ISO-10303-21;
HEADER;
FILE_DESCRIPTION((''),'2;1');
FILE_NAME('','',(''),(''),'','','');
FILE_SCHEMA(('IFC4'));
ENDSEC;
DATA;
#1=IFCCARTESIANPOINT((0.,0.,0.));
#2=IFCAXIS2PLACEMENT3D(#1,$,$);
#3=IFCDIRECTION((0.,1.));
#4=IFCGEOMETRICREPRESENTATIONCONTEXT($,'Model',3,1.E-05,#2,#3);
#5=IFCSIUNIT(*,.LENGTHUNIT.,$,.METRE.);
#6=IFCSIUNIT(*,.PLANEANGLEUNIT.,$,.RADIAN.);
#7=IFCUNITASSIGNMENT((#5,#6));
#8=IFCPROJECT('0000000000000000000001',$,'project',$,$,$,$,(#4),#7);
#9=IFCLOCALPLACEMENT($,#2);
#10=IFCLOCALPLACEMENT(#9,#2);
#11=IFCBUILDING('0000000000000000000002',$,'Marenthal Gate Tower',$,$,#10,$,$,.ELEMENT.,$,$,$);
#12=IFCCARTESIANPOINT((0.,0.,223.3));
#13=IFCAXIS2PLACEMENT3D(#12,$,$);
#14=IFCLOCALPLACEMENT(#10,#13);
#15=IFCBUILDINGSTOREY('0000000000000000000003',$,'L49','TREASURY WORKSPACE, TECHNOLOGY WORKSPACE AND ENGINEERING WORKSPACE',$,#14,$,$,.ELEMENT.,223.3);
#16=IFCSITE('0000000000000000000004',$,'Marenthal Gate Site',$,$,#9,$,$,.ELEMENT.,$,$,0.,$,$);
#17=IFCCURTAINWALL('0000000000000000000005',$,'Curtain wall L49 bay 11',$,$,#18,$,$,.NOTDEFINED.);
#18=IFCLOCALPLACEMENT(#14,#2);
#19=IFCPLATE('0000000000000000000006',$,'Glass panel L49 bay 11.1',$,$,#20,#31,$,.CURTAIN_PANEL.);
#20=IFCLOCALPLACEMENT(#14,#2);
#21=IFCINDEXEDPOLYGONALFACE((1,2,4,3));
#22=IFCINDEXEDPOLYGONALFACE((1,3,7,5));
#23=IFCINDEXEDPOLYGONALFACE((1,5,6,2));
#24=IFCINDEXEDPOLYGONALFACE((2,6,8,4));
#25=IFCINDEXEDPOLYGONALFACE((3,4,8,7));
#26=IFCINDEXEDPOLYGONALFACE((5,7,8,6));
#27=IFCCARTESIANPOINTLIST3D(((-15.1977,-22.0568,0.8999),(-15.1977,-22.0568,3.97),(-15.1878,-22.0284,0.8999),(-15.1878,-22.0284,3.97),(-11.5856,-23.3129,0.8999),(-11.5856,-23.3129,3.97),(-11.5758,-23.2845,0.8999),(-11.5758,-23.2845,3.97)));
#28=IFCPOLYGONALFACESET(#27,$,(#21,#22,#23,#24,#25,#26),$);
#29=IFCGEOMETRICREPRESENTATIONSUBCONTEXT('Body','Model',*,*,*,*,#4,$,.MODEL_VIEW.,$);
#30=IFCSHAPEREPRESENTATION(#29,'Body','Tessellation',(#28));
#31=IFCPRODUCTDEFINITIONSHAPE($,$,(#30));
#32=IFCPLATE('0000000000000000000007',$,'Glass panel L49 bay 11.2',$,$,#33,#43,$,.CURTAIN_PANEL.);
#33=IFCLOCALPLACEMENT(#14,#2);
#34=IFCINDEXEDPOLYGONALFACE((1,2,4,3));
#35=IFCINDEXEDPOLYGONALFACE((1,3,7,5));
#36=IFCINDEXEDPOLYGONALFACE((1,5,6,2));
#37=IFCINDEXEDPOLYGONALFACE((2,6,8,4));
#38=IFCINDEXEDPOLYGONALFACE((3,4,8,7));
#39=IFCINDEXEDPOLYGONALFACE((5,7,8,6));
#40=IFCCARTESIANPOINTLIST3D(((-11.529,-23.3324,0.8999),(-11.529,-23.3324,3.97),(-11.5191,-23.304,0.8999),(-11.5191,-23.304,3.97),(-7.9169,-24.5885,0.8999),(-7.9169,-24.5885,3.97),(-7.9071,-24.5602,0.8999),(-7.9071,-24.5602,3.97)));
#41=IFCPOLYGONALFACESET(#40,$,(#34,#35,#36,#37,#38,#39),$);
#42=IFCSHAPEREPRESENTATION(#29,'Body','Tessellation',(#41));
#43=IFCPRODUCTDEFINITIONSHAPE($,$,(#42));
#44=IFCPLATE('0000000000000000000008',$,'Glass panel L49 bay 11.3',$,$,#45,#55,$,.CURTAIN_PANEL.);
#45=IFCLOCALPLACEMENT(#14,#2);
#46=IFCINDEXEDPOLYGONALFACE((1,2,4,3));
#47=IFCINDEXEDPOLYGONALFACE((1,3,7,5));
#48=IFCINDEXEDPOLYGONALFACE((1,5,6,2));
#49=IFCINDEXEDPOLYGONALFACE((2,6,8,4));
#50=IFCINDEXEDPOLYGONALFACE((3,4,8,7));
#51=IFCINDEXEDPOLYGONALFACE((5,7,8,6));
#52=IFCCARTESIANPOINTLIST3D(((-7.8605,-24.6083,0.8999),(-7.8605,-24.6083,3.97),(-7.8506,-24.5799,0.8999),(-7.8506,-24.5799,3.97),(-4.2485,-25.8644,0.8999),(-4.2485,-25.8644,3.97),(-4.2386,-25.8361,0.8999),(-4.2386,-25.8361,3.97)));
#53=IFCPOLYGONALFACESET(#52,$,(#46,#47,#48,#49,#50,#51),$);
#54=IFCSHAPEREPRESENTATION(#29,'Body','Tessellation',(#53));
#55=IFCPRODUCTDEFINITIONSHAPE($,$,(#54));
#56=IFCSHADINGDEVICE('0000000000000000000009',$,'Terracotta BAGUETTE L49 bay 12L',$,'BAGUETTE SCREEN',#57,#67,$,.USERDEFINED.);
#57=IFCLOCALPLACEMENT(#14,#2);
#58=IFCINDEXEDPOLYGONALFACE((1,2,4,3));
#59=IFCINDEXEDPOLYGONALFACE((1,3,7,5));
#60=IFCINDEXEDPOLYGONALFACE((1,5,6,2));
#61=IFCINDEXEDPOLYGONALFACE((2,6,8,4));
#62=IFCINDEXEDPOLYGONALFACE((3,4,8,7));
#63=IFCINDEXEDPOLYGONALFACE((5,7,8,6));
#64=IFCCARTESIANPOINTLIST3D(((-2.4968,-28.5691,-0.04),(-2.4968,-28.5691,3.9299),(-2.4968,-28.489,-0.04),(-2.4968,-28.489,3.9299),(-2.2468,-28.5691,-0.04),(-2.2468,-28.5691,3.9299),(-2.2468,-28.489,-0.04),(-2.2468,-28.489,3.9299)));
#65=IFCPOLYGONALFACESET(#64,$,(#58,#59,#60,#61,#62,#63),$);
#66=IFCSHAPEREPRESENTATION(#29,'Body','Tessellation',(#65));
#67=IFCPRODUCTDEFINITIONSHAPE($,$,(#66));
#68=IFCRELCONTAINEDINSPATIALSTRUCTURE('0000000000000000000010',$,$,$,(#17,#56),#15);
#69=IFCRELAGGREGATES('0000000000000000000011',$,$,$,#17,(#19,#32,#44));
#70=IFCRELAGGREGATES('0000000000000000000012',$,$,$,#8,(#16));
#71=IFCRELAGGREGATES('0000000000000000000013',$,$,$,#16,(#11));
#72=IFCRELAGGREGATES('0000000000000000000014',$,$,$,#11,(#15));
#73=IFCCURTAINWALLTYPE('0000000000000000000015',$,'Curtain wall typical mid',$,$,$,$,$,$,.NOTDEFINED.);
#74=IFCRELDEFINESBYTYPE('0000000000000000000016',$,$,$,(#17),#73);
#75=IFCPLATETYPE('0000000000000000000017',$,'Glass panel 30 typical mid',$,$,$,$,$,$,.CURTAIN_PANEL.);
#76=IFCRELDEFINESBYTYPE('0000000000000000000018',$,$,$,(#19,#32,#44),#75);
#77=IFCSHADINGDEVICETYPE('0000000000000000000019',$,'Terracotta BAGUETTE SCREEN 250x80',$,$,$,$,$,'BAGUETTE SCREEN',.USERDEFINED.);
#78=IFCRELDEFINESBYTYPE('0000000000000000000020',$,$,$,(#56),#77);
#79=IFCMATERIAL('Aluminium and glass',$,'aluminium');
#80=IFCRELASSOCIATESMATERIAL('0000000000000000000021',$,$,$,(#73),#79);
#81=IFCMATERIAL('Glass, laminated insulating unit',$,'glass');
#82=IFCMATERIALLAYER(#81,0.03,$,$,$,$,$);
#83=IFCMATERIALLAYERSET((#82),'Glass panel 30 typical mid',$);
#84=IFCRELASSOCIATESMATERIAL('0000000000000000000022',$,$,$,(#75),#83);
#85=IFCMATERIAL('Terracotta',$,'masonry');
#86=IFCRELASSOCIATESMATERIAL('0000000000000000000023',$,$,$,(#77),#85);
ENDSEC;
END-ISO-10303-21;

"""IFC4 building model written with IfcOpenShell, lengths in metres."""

from ifc_helpers import new_model, si_unit, direction, frame, origin, origin_2d, place, context, subcontext, project, spatial, rectangle, extrude, material, layer, layer_set, material_profile, profile_set, type_object, element, aggregate, save


model = new_model("IFC4")

# Units and contexts
model_context = context("Model", 3, precision=1e-05, world=origin(), true_north=direction((0.0, 1.0)))
body_context = subcontext(model_context, "Body", "Model", "MODEL_VIEW")
ifc_project = project(units=[si_unit("LENGTHUNIT", "METRE"), si_unit("PLANEANGLEUNIT", "RADIAN")], contexts=[model_context])

# Site, building, storey
site_placement = place(None, origin())
site = spatial("IfcSite", under=ifc_project, at=site_placement, Name="Marenthal Gate Site", CompositionType="ELEMENT", RefElevation=0.0)
building_placement = place(site_placement, origin())
building = spatial("IfcBuilding", under=site, at=building_placement, Name="Marenthal Gate Tower", CompositionType="ELEMENT")
storey_placement = place(building_placement, frame((0.0, 0.0, 223.3)))
storey = spatial("IfcBuildingStorey", under=building, at=storey_placement, Name="L49", Description="TREASURY WORKSPACE, TECHNOLOGY WORKSPACE AND ENGINEERING WORKSPACE", CompositionType="ELEMENT", Elevation=223.3)

# Curtain wall
ifc_material_1 = material(Name="Aluminium and glass", Category="aluminium")
curtain_wall_type = type_object("IfcCurtainWallType", Name="Curtain wall typical mid", PredefinedType="NOTDEFINED", material=ifc_material_1)
curtain_wall_placement = place(storey_placement, origin())
curtain_wall = element("IfcCurtainWall", 1, at=curtain_wall_placement, inside=storey, type_object=curtain_wall_type, Name="Curtain wall L49 bay 11", PredefinedType="NOTDEFINED")

# Plates
ifc_material_2 = material(Name="Glass, laminated insulating unit", Category="glass")
ifc_layer_1 = layer(ifc_material_2, 0.03)
ifc_layer_set_1 = layer_set([ifc_layer_1], Name="Glass panel 30 typical mid")
plate_type = type_object("IfcPlateType", Name="Glass panel 30 typical mid", PredefinedType="CURTAIN_PANEL", material=ifc_layer_set_1)
plate_1_placement = place(storey_placement, frame((-13.3867, -22.6707, 0.8999), z_axis=(0.0, 0.0, 1.0), x_axis=(0.944515, -0.328468, 0.0)))
plate_1 = element("IfcPlate", 2, at=plate_1_placement, type_object=plate_type, Name="Glass panel L49 bay 11.1", PredefinedType="CURTAIN_PANEL", context=body_context, shape_type="SweptSolid", body=[
    extrude(rectangle(XDim=3.8242, YDim=0.03, at=origin_2d()), origin(), (0.0, 0.0, 1.0), 3.0701),
])
plate_2_placement = place(storey_placement, frame((-9.718, -23.9463, 0.8999), z_axis=(0.0, 0.0, 1.0), x_axis=(0.944515, -0.328468, 0.0)))
plate_2 = element("IfcPlate", 3, at=plate_2_placement, type_object=plate_type, Name="Glass panel L49 bay 11.2", PredefinedType="CURTAIN_PANEL", context=body_context, shape_type="SweptSolid", body=[
    extrude(rectangle(XDim=3.8242, YDim=0.03, at=origin_2d()), origin(), (0.0, 0.0, 1.0), 3.0701),
])
plate_3_placement = place(storey_placement, frame((-6.0496, -25.2222, 0.8999), z_axis=(0.0, 0.0, 1.0), x_axis=(0.944515, -0.328468, 0.0)))
plate_3 = element("IfcPlate", 4, at=plate_3_placement, type_object=plate_type, Name="Glass panel L49 bay 11.3", PredefinedType="CURTAIN_PANEL", context=body_context, shape_type="SweptSolid", body=[
    extrude(rectangle(XDim=3.8242, YDim=0.03, at=origin_2d()), origin(), (0.0, 0.0, 1.0), 3.0701),
])
aggregate(curtain_wall, [plate_1, plate_2, plate_3])

# Shading device
ifc_material_3 = material(Name="Terracotta", Category="masonry")
ifc_material_profile_1 = material_profile(ifc_material_3, rectangle(XDim=0.25, YDim=0.0801, at=origin_2d()), Name="Terracotta baguette 250x80")
ifc_profile_set_1 = profile_set([ifc_material_profile_1], Name="Terracotta")
shading_device_type = type_object("IfcShadingDeviceType", Name="Terracotta BAGUETTE SCREEN 250x80", ElementType="BAGUETTE SCREEN", PredefinedType="USERDEFINED", material=ifc_profile_set_1)
shading_device_placement = place(storey_placement, frame((-2.3718, -28.5291, -0.04), z_axis=(0.0, 0.0, 1.0), x_axis=(1.0, 0.0, 0.0)))
element("IfcShadingDevice", 5, at=shading_device_placement, inside=storey, type_object=shading_device_type, Name="Terracotta BAGUETTE L49 bay 12L", ObjectType="BAGUETTE SCREEN", PredefinedType="USERDEFINED", context=body_context, shape_type="SweptSolid", body=[
    extrude(rectangle(XDim=0.25, YDim=0.0801, at=origin_2d()), origin(), (0.0, 0.0, 1.0), 3.97),
])

save(model, "model.ifc")
